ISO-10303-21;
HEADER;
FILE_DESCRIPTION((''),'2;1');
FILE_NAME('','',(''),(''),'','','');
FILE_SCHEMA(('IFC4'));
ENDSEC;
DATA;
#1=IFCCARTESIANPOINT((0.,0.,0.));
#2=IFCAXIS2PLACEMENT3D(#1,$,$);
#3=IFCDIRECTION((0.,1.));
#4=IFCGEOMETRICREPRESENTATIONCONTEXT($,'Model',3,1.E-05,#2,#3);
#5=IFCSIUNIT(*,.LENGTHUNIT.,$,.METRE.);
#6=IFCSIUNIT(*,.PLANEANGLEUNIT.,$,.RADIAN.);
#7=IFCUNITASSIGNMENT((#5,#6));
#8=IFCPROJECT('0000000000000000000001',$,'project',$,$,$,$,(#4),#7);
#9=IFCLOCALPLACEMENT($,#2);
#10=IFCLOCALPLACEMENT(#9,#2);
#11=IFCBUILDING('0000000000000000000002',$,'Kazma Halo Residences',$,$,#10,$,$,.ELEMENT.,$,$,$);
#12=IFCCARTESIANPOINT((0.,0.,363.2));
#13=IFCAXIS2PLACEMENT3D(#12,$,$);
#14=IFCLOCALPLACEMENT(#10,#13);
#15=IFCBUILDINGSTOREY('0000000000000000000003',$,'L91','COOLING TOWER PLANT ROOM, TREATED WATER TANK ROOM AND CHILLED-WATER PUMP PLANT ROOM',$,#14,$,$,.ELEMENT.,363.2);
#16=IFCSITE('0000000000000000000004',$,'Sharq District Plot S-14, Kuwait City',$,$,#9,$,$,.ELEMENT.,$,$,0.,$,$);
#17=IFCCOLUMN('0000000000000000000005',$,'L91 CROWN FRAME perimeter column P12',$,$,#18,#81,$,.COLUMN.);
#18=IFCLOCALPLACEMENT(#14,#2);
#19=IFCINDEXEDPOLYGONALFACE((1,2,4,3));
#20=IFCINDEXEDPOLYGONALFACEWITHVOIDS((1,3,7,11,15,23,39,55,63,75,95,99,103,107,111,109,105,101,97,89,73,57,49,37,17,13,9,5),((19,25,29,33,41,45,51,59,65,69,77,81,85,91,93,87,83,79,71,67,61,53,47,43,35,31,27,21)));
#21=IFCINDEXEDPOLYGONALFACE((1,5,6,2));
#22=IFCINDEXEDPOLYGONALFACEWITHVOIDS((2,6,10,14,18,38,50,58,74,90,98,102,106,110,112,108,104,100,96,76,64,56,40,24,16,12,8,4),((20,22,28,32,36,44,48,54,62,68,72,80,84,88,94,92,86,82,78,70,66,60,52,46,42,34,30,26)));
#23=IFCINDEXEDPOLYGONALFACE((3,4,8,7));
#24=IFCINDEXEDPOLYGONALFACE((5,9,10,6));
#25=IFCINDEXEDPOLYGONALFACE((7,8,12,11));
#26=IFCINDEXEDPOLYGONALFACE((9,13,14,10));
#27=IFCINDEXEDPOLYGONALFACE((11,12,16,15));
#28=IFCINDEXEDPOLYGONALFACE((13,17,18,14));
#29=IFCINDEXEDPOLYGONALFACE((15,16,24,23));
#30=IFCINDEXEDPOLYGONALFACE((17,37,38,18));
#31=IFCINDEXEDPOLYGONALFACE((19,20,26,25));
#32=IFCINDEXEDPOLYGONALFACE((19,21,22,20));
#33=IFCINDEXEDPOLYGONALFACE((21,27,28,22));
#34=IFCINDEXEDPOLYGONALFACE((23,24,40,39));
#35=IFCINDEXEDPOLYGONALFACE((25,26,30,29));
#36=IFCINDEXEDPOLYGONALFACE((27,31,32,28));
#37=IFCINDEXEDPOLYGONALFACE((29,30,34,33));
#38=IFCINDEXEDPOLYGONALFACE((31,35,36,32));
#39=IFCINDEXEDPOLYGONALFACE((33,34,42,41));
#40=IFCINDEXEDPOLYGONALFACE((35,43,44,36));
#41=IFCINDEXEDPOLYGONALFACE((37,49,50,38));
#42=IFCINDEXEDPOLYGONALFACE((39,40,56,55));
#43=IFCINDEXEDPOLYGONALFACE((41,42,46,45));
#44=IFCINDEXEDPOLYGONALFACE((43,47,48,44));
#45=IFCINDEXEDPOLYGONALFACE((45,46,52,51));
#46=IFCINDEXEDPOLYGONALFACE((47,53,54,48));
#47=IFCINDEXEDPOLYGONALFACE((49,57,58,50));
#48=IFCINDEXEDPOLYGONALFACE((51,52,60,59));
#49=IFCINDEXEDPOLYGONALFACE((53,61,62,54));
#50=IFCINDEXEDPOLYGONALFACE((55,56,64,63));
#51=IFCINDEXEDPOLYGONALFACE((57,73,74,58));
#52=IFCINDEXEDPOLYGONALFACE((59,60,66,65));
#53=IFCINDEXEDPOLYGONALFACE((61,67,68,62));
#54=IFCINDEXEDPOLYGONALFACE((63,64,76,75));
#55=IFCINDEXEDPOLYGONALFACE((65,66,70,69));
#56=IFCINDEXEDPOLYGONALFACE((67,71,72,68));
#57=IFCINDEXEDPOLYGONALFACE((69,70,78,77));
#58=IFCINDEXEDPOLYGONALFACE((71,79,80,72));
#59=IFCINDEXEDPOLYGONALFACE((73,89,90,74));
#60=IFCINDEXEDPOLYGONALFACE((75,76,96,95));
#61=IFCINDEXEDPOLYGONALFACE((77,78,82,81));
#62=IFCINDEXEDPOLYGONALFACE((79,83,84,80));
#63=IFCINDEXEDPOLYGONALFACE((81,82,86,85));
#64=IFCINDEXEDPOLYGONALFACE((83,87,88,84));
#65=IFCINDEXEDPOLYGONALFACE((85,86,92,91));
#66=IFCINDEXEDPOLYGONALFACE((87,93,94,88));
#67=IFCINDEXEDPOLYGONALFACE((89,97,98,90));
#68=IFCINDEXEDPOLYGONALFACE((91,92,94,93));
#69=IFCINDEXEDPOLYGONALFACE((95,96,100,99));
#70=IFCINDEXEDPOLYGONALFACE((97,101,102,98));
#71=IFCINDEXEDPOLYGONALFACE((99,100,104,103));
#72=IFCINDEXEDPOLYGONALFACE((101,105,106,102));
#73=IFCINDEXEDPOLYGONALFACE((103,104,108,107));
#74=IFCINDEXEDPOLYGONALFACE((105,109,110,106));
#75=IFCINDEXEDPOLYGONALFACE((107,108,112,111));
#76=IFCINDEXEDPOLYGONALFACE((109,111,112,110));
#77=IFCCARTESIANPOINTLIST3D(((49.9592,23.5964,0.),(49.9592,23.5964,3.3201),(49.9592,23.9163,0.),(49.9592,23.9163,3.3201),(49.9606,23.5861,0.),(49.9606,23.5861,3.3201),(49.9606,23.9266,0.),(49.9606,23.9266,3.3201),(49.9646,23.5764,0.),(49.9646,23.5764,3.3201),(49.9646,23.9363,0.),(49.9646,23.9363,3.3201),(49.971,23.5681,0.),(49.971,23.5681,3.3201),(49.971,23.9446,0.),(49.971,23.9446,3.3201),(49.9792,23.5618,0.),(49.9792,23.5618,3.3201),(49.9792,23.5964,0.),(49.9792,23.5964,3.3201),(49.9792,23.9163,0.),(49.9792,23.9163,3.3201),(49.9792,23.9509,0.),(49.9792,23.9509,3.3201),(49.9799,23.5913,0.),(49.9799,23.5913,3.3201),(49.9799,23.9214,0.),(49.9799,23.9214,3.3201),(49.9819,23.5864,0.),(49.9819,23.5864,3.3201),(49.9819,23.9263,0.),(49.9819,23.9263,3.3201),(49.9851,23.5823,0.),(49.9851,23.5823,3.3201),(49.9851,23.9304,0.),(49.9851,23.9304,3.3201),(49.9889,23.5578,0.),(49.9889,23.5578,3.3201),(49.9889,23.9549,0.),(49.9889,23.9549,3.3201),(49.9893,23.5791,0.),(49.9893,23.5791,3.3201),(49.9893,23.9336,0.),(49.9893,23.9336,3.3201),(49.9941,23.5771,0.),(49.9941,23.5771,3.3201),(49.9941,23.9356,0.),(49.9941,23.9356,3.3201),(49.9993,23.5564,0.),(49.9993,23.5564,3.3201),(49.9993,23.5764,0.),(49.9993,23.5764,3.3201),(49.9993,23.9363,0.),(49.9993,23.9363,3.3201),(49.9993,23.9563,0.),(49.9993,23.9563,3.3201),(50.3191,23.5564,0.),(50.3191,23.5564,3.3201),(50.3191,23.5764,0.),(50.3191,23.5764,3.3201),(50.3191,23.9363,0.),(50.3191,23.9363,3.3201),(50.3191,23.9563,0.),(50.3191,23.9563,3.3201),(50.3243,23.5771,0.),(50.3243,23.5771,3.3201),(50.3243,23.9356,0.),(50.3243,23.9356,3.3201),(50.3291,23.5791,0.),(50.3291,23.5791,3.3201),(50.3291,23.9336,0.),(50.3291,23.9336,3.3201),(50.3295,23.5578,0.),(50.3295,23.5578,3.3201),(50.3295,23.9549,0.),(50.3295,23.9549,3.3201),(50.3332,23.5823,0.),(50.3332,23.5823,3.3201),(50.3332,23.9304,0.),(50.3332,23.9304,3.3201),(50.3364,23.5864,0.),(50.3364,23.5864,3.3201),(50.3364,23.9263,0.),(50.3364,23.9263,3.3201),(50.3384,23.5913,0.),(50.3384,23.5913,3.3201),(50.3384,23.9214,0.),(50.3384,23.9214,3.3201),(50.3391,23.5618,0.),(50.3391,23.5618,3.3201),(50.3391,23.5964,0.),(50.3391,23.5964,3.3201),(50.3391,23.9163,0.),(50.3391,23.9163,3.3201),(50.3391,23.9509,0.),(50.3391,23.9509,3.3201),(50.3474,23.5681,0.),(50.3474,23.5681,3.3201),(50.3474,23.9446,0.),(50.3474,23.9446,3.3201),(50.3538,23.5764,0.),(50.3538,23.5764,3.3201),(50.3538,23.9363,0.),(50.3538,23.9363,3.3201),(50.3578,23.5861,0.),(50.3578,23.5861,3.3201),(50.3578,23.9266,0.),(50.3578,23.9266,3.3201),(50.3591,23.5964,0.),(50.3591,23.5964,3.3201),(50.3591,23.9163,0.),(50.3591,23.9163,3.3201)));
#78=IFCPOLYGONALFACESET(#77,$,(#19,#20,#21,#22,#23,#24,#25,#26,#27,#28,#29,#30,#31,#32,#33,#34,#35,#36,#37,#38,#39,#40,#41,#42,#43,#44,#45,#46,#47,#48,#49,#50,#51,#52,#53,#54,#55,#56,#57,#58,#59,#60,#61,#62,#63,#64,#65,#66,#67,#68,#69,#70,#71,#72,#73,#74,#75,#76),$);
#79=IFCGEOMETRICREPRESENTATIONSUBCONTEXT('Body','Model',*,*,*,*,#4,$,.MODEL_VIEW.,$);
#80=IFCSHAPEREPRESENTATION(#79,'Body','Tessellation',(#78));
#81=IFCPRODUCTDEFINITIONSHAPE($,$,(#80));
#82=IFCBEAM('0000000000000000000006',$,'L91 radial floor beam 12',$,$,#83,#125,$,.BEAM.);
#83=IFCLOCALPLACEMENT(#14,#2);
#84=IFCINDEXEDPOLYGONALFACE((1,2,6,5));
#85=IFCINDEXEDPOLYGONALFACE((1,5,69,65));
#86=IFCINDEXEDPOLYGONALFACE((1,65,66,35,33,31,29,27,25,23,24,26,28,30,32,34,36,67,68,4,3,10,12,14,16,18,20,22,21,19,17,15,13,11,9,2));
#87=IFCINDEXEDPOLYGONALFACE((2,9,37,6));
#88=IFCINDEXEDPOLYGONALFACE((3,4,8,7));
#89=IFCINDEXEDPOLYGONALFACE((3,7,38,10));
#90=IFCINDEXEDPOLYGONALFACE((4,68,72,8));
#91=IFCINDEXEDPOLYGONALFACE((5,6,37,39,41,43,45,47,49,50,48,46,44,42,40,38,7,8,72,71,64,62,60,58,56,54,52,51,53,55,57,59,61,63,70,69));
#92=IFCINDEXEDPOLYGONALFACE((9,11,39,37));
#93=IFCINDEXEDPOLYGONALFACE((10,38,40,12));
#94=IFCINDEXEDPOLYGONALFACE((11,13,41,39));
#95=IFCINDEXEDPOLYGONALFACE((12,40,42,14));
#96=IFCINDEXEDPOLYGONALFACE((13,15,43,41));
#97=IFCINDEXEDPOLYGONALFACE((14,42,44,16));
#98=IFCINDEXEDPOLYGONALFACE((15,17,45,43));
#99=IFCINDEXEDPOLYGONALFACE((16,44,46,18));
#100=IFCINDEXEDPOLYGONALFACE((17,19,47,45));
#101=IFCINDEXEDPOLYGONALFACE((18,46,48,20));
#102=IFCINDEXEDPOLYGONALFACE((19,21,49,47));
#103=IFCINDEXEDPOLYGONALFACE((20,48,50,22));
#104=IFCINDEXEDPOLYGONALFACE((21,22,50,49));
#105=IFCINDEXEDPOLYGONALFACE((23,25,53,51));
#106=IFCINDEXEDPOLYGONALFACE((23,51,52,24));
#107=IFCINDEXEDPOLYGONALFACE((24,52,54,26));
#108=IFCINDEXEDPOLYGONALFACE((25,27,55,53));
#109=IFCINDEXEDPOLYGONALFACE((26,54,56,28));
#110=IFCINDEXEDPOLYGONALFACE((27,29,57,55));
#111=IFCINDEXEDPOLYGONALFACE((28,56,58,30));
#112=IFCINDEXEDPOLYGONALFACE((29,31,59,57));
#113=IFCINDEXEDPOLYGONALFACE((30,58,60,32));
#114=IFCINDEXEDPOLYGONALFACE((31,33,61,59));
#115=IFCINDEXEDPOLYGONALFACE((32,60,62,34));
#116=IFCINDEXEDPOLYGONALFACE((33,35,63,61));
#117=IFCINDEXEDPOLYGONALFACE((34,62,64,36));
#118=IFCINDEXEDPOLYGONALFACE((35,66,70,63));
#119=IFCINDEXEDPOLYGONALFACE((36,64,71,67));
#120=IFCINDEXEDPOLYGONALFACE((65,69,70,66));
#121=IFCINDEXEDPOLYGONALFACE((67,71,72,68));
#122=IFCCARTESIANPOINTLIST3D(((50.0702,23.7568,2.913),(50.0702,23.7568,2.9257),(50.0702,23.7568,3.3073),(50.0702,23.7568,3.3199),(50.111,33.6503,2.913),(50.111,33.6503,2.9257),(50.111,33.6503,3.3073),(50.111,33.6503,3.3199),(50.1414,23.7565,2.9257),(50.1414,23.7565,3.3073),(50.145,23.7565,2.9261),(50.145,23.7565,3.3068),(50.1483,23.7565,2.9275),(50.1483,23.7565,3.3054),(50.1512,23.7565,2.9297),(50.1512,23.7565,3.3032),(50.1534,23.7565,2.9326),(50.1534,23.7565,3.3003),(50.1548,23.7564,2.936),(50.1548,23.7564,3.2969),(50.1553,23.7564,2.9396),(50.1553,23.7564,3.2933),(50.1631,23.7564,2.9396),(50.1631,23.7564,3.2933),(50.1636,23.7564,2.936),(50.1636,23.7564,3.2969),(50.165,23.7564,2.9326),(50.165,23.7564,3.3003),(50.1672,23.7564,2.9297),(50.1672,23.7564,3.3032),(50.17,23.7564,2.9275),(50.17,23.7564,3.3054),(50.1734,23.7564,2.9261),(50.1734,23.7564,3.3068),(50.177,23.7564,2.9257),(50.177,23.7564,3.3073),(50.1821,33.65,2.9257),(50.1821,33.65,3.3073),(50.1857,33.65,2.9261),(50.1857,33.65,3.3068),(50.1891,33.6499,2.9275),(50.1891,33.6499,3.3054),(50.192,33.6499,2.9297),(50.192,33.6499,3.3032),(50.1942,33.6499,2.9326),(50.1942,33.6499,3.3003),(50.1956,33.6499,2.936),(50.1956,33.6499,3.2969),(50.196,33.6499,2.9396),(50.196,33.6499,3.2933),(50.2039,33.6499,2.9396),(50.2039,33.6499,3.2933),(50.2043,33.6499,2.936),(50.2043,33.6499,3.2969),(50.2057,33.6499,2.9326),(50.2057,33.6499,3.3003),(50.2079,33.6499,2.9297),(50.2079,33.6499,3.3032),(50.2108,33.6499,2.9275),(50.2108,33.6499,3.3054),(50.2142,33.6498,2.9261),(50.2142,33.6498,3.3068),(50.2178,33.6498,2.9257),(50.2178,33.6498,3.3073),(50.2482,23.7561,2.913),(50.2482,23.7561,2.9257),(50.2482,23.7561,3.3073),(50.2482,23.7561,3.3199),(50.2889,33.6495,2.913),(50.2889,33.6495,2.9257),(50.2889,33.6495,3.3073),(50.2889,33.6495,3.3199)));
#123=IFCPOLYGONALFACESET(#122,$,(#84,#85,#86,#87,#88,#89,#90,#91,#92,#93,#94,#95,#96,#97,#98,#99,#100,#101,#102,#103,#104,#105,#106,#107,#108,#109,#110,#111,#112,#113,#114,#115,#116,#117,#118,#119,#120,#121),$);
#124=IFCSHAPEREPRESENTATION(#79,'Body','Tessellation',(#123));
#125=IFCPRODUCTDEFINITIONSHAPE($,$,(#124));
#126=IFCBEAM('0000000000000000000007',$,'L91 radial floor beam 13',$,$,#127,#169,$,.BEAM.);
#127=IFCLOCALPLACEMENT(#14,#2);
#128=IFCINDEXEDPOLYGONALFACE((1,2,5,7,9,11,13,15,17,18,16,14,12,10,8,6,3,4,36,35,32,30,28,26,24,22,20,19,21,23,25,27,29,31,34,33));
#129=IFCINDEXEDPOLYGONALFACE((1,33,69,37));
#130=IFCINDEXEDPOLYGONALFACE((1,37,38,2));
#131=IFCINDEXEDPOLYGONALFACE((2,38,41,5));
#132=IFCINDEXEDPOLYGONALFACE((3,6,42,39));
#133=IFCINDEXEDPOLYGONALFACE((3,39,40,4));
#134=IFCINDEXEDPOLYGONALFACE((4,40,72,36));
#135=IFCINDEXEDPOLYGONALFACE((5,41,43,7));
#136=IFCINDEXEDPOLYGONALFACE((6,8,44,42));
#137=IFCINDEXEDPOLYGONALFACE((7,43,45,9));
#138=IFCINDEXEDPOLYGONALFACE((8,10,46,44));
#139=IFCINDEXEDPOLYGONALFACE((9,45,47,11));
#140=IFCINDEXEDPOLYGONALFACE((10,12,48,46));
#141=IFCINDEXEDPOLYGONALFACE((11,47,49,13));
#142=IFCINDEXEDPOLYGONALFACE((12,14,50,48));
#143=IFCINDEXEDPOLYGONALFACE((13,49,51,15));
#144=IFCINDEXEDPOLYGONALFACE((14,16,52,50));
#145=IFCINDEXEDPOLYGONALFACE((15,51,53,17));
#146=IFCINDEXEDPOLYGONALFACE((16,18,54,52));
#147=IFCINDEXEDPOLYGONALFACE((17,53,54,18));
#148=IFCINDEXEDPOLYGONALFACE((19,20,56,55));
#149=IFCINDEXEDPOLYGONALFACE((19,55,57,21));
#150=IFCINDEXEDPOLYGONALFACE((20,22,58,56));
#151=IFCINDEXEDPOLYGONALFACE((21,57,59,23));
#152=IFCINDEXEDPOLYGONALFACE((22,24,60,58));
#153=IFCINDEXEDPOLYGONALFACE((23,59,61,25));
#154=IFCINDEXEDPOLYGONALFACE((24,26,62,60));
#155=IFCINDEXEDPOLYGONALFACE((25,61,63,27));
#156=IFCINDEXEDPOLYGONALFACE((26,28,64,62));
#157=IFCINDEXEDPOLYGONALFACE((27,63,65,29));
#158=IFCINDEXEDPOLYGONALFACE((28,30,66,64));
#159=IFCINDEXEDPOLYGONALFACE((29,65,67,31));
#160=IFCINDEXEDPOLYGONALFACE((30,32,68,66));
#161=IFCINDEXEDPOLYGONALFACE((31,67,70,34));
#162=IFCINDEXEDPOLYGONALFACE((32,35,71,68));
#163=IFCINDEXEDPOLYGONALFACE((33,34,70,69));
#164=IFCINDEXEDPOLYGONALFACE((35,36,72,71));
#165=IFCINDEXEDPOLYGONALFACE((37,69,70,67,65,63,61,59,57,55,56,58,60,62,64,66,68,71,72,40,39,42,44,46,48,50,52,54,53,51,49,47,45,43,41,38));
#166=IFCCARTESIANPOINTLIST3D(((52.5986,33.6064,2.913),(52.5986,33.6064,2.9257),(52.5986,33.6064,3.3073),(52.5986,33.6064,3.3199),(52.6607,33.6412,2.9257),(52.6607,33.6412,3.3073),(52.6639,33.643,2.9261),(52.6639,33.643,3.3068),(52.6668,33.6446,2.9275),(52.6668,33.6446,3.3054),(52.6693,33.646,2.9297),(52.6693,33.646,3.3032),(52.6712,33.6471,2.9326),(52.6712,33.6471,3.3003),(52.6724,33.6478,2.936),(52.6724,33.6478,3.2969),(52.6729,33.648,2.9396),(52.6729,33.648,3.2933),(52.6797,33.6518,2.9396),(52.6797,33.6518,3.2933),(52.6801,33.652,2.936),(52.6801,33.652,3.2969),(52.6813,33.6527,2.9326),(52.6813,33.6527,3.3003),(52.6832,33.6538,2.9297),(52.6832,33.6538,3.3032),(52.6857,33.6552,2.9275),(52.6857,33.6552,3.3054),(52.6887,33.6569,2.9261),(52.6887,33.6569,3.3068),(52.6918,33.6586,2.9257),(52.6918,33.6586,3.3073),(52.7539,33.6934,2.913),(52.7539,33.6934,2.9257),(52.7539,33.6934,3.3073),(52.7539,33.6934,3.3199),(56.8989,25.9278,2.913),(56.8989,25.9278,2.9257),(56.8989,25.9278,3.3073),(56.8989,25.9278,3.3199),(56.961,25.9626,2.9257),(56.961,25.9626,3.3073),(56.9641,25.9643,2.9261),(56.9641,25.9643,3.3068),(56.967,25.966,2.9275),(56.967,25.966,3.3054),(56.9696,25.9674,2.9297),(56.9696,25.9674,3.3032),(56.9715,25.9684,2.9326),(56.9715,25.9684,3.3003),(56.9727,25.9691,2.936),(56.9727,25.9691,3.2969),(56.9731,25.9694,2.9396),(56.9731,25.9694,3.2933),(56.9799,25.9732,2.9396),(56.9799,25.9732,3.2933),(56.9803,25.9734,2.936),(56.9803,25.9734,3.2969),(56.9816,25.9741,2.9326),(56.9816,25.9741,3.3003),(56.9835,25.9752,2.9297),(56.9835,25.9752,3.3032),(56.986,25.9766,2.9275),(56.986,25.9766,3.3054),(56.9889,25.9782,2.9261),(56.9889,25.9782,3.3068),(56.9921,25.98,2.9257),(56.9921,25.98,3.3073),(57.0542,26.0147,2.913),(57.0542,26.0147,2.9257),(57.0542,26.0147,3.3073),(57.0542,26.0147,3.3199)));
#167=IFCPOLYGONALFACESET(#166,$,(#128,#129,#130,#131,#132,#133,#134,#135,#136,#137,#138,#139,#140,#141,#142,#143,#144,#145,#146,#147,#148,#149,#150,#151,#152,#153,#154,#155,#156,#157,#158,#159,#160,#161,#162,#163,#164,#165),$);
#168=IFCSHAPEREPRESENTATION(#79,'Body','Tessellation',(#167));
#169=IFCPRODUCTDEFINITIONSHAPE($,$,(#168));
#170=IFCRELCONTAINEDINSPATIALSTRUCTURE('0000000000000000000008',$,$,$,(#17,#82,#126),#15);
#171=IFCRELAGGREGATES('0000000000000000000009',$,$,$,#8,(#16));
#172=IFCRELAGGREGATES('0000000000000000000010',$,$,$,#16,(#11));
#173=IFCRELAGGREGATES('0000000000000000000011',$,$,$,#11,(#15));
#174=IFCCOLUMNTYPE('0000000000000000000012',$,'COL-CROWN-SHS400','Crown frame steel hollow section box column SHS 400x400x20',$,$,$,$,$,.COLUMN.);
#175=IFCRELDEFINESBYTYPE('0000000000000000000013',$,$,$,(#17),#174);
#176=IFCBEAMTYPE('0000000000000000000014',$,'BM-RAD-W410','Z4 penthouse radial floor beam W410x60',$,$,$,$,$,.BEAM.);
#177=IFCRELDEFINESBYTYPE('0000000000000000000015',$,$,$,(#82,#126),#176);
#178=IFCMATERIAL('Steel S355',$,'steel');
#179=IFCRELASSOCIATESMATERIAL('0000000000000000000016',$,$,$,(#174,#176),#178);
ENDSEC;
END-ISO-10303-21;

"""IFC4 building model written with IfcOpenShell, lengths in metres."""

from ifc_helpers import new_model, si_unit, direction, frame, origin, origin_2d, place, context, subcontext, project, spatial, hollow_rectangle, i_section, extrude, material, material_profile, profile_set, type_object, element, save


model = new_model("IFC4")

# Units and contexts
model_context = context("Model", 3, precision=1e-05, world=origin(), true_north=direction((0.0, 1.0)))
body_context = subcontext(model_context, "Body", "Model", "MODEL_VIEW")
ifc_project = project(units=[si_unit("LENGTHUNIT", "METRE"), si_unit("PLANEANGLEUNIT", "RADIAN")], contexts=[model_context])

# Site, building, storey
site_placement = place(None, origin())
site = spatial("IfcSite", under=ifc_project, at=site_placement, Name="Sharq District Plot S-14, Kuwait City", CompositionType="ELEMENT", RefElevation=0.0)
building_placement = place(site_placement, origin())
building = spatial("IfcBuilding", under=site, at=building_placement, Name="Kazma Halo Residences", CompositionType="ELEMENT")
storey_placement = place(building_placement, frame((0.0, 0.0, 363.2)))
storey = spatial("IfcBuildingStorey", under=building, at=storey_placement, Name="L91", Description="COOLING TOWER PLANT ROOM, TREATED WATER TANK ROOM AND CHILLED-WATER PUMP PLANT ROOM", CompositionType="ELEMENT", Elevation=363.2)

# Column
ifc_material_1 = material(Name="Steel S355", Category="steel")
ifc_material_profile_1 = material_profile(ifc_material_1, hollow_rectangle(XDim=0.3999, YDim=0.3999, WallThickness=0.02, InnerFilletRadius=0.02, OuterFilletRadius=0.04, at=origin_2d()), Name="SHS400x400x20")
ifc_profile_set_1 = profile_set([ifc_material_profile_1], Name="Steel S355")
column_type = type_object("IfcColumnType", Name="COL-CROWN-SHS400", Description="Crown frame steel hollow section box column SHS 400x400x20", PredefinedType="COLUMN", material=ifc_profile_set_1)
column_placement = place(storey_placement, frame((50.1592, 23.7563, 0.0), z_axis=(0.0, 0.0, 1.0), x_axis=(1.0, 0.0, 0.0)))
element("IfcColumn", 1, at=column_placement, inside=storey, type_object=column_type, Name="L91 CROWN FRAME perimeter column P12", PredefinedType="COLUMN", context=body_context, shape_type="SweptSolid", body=[
    extrude(hollow_rectangle(XDim=0.3999, YDim=0.3999, WallThickness=0.02, InnerFilletRadius=0.02, OuterFilletRadius=0.04, at=origin_2d()), origin(), (0.0, 0.0, 1.0), 3.3201),
])

# Beams
ifc_material_profile_2 = material_profile(ifc_material_1, i_section(OverallWidth=0.178, OverallDepth=0.407, WebThickness=0.0078, FlangeThickness=0.0127, FilletRadius=0.0139, at=origin_2d()), Name="W410x60")
ifc_profile_set_2 = profile_set([ifc_material_profile_2], Name="Steel S355")
beam_type_1 = type_object("IfcBeamType", Name="BM-RAD-W410", Description="Z4 penthouse radial floor beam W410x60", PredefinedType="BEAM", material=ifc_profile_set_2)
beam_1_placement = place(storey_placement, frame((50.2, 33.6499, 3.1165), z_axis=(-0.004121, -0.999992, 0.0), x_axis=(0.999992, -0.004121, 0.0)))
element("IfcBeam", 2, at=beam_1_placement, inside=storey, type_object=beam_type_1, Name="L91 radial floor beam 12", PredefinedType="BEAM", context=body_context, shape_type="SweptSolid", body=[
    extrude(i_section(OverallWidth=0.178, OverallDepth=0.407, WebThickness=0.0078, FlangeThickness=0.0127, FilletRadius=0.0139, at=origin_2d()), origin(), (0.0, 0.0, 1.0), 9.8936),
])
beam_2_placement = place(storey_placement, frame((52.6763, 33.6499, 3.1165), z_axis=(0.488622, -0.872496, 0.0), x_axis=(0.872496, 0.488622, 0.0)))
element("IfcBeam", 3, at=beam_2_placement, inside=storey, type_object=beam_type_1, Name="L91 radial floor beam 13", PredefinedType="BEAM", context=body_context, shape_type="SweptSolid", body=[
    extrude(i_section(OverallWidth=0.178, OverallDepth=0.407, WebThickness=0.0078, FlangeThickness=0.0127, FilletRadius=0.0139, at=origin_2d()), origin(), (0.0, 0.0, 1.0), 8.8008),
])

save(model, "model.ifc")
